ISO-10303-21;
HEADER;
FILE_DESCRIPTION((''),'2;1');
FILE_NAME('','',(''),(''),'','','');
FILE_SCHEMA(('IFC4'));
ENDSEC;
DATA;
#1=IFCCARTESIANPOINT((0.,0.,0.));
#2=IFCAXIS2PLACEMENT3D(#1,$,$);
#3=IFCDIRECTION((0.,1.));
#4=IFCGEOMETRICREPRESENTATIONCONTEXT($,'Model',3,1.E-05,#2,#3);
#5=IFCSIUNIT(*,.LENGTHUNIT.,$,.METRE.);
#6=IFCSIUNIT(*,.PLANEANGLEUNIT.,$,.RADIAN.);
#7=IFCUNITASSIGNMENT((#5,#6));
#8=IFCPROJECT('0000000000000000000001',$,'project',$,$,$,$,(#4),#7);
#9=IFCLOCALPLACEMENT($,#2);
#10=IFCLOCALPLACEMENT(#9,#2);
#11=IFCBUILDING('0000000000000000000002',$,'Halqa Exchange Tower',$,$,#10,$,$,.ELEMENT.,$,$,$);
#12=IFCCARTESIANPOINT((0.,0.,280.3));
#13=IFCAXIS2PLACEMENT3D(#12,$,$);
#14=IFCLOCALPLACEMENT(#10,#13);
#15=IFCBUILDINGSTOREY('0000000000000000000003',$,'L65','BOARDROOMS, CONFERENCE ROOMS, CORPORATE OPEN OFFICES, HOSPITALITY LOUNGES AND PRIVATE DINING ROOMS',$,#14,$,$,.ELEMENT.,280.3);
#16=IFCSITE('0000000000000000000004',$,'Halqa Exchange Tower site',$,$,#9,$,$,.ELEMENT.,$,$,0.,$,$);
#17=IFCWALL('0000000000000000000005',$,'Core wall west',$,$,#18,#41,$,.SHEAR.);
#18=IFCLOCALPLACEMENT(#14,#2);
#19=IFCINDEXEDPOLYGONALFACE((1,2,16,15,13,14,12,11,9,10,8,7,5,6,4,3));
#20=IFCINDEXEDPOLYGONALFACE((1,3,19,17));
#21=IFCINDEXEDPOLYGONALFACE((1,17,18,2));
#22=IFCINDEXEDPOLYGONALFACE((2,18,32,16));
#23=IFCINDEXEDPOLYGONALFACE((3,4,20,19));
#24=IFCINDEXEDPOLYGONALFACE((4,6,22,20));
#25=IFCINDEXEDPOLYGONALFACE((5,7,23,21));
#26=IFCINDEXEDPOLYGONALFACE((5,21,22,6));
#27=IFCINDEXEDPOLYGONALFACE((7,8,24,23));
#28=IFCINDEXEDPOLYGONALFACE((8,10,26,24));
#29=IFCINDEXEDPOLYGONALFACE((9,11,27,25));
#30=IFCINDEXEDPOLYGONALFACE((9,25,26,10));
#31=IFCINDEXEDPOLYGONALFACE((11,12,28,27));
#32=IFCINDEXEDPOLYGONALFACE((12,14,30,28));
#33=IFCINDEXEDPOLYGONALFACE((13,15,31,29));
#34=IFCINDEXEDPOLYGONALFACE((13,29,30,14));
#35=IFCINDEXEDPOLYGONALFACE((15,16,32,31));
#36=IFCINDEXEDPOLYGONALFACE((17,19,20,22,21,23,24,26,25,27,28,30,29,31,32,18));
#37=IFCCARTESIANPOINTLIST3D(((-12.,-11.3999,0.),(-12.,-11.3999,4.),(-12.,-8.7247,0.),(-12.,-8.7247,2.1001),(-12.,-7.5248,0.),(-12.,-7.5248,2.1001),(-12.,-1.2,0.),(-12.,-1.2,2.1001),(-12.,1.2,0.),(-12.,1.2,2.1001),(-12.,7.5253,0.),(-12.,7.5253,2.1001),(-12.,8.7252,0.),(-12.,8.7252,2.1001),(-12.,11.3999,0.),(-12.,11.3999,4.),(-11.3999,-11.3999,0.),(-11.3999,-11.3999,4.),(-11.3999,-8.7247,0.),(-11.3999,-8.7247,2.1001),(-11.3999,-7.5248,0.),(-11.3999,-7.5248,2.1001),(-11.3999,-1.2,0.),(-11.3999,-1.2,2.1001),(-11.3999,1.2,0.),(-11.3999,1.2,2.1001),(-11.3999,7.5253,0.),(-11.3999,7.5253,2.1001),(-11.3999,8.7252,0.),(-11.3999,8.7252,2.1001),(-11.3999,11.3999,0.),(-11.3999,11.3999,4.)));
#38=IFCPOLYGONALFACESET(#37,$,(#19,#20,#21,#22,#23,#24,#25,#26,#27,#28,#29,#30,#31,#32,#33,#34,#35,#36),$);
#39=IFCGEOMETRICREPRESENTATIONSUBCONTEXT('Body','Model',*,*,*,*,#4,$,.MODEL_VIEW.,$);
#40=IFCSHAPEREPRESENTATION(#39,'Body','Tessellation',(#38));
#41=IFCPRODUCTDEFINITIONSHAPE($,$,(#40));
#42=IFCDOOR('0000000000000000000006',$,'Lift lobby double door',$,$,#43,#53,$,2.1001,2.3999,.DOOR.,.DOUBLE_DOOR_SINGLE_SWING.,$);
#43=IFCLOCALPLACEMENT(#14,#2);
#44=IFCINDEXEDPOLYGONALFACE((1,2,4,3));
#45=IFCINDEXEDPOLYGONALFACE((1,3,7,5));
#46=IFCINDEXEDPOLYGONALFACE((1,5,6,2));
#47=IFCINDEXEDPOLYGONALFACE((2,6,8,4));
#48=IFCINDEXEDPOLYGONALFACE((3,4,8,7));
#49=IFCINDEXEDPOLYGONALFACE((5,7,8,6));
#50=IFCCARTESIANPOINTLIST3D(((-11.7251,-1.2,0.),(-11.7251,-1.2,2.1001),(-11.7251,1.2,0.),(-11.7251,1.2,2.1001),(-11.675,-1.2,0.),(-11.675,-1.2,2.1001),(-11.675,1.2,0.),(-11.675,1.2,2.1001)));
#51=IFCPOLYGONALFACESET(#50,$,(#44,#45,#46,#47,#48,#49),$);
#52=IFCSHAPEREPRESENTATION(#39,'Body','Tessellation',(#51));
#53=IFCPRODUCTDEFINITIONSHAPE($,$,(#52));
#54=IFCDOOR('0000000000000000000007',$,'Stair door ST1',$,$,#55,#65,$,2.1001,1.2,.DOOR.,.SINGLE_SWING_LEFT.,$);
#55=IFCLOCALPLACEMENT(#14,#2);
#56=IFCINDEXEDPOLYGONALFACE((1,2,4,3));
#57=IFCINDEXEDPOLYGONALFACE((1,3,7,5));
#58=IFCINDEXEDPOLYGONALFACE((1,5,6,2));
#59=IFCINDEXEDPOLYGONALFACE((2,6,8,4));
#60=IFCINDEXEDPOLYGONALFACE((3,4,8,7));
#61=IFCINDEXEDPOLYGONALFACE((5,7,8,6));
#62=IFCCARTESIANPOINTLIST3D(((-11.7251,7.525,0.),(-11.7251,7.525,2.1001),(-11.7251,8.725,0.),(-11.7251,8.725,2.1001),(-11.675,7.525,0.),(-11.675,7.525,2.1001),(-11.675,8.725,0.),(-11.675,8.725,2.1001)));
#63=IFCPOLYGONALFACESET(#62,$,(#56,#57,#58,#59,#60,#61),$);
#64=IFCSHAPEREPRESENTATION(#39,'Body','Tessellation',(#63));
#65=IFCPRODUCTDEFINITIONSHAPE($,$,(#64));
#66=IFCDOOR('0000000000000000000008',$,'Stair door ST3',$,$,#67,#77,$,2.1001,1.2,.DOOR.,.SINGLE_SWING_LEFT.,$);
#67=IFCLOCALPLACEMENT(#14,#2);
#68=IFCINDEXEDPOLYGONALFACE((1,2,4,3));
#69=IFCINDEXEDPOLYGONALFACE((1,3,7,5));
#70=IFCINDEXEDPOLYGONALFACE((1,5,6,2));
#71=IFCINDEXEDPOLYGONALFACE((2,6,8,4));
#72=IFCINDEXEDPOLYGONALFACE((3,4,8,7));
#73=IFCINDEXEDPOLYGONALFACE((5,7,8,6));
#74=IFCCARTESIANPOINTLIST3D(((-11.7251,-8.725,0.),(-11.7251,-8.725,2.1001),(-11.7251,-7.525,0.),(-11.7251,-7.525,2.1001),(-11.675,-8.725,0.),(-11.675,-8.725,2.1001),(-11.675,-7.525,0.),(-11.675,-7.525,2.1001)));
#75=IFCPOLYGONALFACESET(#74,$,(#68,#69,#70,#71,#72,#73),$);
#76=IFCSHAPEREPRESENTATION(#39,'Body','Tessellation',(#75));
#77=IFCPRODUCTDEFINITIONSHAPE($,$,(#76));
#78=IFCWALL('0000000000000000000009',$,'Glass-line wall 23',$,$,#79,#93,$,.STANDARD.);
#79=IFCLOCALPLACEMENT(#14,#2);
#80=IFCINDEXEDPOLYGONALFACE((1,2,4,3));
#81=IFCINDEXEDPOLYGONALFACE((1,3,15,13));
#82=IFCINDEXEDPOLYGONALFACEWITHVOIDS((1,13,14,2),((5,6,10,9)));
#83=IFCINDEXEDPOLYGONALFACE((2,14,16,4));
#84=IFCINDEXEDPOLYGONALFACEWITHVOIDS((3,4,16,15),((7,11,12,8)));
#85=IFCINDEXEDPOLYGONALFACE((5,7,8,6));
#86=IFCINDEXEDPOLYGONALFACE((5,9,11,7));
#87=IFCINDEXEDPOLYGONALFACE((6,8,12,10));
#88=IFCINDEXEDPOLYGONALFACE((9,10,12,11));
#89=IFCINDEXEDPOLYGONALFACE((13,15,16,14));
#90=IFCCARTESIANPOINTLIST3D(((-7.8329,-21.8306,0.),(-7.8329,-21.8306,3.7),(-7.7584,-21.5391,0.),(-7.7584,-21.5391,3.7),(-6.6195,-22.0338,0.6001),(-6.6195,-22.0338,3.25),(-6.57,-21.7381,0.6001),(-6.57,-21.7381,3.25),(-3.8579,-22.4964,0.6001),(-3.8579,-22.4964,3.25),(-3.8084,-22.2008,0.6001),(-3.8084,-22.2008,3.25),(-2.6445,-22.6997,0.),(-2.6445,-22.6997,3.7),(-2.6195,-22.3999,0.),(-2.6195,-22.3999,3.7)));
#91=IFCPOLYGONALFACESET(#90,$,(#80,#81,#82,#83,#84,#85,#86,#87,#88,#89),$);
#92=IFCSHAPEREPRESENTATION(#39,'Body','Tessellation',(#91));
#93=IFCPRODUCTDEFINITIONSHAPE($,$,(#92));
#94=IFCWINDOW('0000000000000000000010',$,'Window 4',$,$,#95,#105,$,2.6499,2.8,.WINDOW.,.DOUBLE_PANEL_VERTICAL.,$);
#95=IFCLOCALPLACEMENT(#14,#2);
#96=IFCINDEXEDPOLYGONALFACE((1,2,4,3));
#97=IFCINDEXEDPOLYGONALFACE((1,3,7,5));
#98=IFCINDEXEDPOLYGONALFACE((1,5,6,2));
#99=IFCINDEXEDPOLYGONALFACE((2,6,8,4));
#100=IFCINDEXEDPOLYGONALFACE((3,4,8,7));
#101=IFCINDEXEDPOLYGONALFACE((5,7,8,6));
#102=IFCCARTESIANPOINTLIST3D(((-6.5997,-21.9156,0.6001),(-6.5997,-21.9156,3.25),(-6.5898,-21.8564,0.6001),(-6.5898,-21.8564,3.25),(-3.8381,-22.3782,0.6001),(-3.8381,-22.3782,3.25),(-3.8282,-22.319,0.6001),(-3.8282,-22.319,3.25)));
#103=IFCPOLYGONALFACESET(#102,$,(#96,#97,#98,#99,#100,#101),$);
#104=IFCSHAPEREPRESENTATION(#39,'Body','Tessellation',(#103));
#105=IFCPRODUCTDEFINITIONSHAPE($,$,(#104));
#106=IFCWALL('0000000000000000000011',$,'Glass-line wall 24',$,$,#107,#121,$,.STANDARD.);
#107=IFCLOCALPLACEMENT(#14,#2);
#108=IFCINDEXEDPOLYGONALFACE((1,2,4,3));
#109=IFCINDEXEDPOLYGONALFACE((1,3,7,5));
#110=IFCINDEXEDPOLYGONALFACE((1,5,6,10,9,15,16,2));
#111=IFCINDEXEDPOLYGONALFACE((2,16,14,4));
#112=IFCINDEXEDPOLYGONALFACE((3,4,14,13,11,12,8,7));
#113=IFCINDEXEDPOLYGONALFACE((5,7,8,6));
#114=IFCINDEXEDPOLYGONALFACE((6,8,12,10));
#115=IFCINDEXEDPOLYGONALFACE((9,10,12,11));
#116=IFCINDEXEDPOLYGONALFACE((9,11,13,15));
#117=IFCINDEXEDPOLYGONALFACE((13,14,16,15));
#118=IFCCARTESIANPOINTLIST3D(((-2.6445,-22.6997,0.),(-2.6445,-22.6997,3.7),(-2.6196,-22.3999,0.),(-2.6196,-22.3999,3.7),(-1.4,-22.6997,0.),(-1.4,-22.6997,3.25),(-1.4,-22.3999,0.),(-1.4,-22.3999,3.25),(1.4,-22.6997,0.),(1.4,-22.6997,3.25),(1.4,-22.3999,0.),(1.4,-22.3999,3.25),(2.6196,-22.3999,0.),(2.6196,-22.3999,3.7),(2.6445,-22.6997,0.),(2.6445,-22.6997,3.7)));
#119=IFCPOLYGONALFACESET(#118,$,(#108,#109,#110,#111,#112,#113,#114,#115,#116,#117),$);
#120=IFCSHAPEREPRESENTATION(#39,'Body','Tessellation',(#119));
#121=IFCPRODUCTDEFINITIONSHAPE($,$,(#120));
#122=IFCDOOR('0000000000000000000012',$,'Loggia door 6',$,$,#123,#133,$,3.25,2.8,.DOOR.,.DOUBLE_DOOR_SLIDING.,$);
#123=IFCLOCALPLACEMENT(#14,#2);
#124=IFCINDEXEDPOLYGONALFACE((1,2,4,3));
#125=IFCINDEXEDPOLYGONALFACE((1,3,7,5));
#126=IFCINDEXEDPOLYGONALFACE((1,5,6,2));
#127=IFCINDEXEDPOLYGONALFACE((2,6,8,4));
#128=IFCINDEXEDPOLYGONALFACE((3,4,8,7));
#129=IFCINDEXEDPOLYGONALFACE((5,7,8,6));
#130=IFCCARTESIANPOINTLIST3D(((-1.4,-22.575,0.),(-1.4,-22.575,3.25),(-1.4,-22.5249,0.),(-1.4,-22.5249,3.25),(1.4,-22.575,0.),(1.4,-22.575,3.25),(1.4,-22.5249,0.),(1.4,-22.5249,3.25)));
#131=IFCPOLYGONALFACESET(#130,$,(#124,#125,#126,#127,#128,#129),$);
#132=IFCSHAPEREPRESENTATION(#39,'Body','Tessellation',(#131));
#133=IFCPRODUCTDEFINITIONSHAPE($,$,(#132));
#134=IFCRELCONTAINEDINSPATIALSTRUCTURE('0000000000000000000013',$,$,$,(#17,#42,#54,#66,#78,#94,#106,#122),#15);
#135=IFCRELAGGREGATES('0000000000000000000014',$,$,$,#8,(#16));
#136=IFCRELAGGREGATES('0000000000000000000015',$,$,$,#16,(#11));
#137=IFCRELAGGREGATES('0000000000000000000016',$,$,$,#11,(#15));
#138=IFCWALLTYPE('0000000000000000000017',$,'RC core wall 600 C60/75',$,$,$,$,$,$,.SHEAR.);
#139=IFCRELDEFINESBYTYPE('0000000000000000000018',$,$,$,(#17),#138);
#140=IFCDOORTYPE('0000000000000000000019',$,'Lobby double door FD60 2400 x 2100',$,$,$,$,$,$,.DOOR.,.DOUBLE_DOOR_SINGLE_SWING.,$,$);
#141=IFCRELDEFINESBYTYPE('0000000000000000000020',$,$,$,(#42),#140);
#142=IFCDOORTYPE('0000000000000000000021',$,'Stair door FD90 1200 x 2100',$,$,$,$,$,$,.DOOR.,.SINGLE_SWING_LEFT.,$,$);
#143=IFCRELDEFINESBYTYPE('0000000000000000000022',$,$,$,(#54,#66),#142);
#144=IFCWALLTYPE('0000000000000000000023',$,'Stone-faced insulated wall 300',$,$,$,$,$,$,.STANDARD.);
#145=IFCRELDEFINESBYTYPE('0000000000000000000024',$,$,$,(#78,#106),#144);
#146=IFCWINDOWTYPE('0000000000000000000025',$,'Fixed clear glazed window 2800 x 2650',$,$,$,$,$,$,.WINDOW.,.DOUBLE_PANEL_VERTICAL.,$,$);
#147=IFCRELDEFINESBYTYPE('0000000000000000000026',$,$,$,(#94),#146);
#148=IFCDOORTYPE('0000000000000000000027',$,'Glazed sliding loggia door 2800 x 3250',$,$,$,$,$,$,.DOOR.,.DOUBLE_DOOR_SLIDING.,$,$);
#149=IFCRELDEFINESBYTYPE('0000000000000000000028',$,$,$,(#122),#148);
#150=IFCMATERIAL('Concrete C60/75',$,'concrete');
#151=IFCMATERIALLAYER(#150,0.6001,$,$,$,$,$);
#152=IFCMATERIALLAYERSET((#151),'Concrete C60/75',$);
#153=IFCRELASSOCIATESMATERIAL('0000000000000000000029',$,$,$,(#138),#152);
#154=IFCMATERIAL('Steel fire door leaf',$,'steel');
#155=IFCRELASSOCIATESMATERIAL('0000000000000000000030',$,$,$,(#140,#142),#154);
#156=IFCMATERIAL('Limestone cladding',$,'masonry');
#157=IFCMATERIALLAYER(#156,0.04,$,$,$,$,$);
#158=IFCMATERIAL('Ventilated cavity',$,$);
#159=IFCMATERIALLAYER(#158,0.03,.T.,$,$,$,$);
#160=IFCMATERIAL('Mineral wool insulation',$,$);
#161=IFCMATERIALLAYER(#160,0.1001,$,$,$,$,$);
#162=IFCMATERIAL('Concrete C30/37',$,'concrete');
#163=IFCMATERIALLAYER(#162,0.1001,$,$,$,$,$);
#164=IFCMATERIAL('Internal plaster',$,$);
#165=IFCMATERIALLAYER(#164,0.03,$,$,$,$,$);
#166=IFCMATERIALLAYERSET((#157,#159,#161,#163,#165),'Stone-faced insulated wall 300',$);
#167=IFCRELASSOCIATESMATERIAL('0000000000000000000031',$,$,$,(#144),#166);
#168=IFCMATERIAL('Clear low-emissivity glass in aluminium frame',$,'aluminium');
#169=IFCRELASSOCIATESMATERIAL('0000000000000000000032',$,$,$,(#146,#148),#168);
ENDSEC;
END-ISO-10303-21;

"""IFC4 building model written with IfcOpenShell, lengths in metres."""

from ifc_helpers import new_model, si_unit, direction, frame, frame_2d, origin, place, context, subcontext, project, spatial, polyline, rectangle, outline, extrude, material, layer, layer_set, type_object, element, fill, save


model = new_model("IFC4")

# Units and contexts
model_context = context("Model", 3, precision=1e-05, world=origin(), true_north=direction((0.0, 1.0)))
body_context = subcontext(model_context, "Body", "Model", "MODEL_VIEW")
ifc_project = project(units=[si_unit("LENGTHUNIT", "METRE"), si_unit("PLANEANGLEUNIT", "RADIAN")], contexts=[model_context])

# Site, building, storey
site_placement = place(None, origin())
site = spatial("IfcSite", under=ifc_project, at=site_placement, Name="Halqa Exchange Tower site", CompositionType="ELEMENT", RefElevation=0.0)
building_placement = place(site_placement, origin())
building = spatial("IfcBuilding", under=site, at=building_placement, Name="Halqa Exchange Tower", CompositionType="ELEMENT")
storey_placement = place(building_placement, frame((0.0, 0.0, 280.3)))
storey = spatial("IfcBuildingStorey", under=building, at=storey_placement, Name="L65", Description="BOARDROOMS, CONFERENCE ROOMS, CORPORATE OPEN OFFICES, HOSPITALITY LOUNGES AND PRIVATE DINING ROOMS", CompositionType="ELEMENT", Elevation=280.3)

# Shared definitions
ifc_material_1 = material(Name="Concrete C60/75", Category="concrete")

# Wall, openings, doors
ifc_layer_1 = layer(ifc_material_1, 0.6001)
ifc_layer_set_1 = layer_set([ifc_layer_1], Name="Concrete C60/75")
wall_type_1 = type_object("IfcWallType", Name="RC core wall 600 C60/75", PredefinedType="SHEAR", material=ifc_layer_set_1)
wall_1_placement = place(storey_placement, frame((-11.7, -11.3999, 0.0), z_axis=(0.0, 0.0, 1.0), x_axis=(0.0, 1.0, 0.0)))
wall_1 = element("IfcWall", 1, at=wall_1_placement, inside=storey, type_object=wall_type_1, Name="Core wall west", PredefinedType="SHEAR", context=body_context, shape_type="SweptSolid", body=[
    extrude(rectangle(XDim=22.7998, YDim=0.6001, at=frame_2d((11.3999, 0.0))), origin(), (0.0, 0.0, 1.0), 4.0),
])
opening_1_placement = place(wall_1_placement, frame((10.2, 0.0, 0.0)))
opening_1 = element("IfcOpeningElement", 2, at=opening_1_placement, cuts=wall_1, PredefinedType="OPENING", context=body_context, shape_type="SweptSolid", body=[
    extrude(rectangle(XDim=2.3999, YDim=2.1001, at=frame_2d((1.2, 1.05))), frame((0.0, 0.312, 0.0), z_axis=(0.0, -1.0, 0.0), x_axis=(1.0, 0.0, 0.0)), (0.0, 0.0, 1.0), 0.624),
])
opening_2_placement = place(wall_1_placement, frame((18.925, 0.0, 0.0)))
opening_2 = element("IfcOpeningElement", 3, at=opening_2_placement, cuts=wall_1, PredefinedType="OPENING", context=body_context, shape_type="SweptSolid", body=[
    extrude(rectangle(XDim=1.2, YDim=2.1001, at=frame_2d((0.6001, 1.05))), frame((0.0, 0.312, 0.0), z_axis=(0.0, -1.0, 0.0), x_axis=(1.0, 0.0, 0.0)), (0.0, 0.0, 1.0), 0.624),
])
opening_3_placement = place(wall_1_placement, frame((2.675, 0.0, 0.0)))
opening_3 = element("IfcOpeningElement", 4, at=opening_3_placement, cuts=wall_1, PredefinedType="OPENING", context=body_context, shape_type="SweptSolid", body=[
    extrude(rectangle(XDim=1.2, YDim=2.1001, at=frame_2d((0.6001, 1.05))), frame((0.0, 0.312, 0.0), z_axis=(0.0, -1.0, 0.0), x_axis=(1.0, 0.0, 0.0)), (0.0, 0.0, 1.0), 0.624),
])
ifc_material_2 = material(Name="Steel fire door leaf", Category="steel")
door_type_1 = type_object("IfcDoorType", Name="Lobby double door FD60 2400 x 2100", OperationType="DOUBLE_DOOR_SINGLE_SWING", PredefinedType="DOOR", material=ifc_material_2)
door_1_placement = place(opening_1_placement, frame((2.3999, 0.0, 0.0), z_axis=(0.0, 0.0, 1.0), x_axis=(-1.0, 0.0, 0.0)))
door_1 = element("IfcDoor", 5, at=door_1_placement, inside=storey, type_object=door_type_1, Name="Lift lobby double door", OperationType="DOUBLE_DOOR_SINGLE_SWING", OverallHeight=2.1001, OverallWidth=2.3999, PredefinedType="DOOR", context=body_context, shape_type="SweptSolid", body=[
    extrude(rectangle(XDim=2.3999, YDim=2.1001, at=frame_2d((1.2, 1.05))), frame((0.0, 0.0249, 0.0), z_axis=(0.0, -1.0, 0.0), x_axis=(1.0, 0.0, 0.0)), (0.0, 0.0, 1.0), 0.05),
])
fill(opening_1, door_1)
door_type_2 = type_object("IfcDoorType", Name="Stair door FD90 1200 x 2100", OperationType="SINGLE_SWING_LEFT", PredefinedType="DOOR", material=ifc_material_2)
door_2_placement = place(opening_2_placement, frame((1.2, 0.0, 0.0), z_axis=(0.0, 0.0, 1.0), x_axis=(-1.0, 0.0, 0.0)))
door_2 = element("IfcDoor", 6, at=door_2_placement, inside=storey, type_object=door_type_2, Name="Stair door ST1", OperationType="SINGLE_SWING_LEFT", OverallHeight=2.1001, OverallWidth=1.2, PredefinedType="DOOR", context=body_context, shape_type="SweptSolid", body=[
    extrude(rectangle(XDim=1.2, YDim=2.1001, at=frame_2d((0.6001, 1.05))), frame((0.0, 0.0249, 0.0), z_axis=(0.0, -1.0, 0.0), x_axis=(1.0, 0.0, 0.0)), (0.0, 0.0, 1.0), 0.05),
])
fill(opening_2, door_2)
door_3_placement = place(opening_3_placement, frame((1.2, 0.0, 0.0), z_axis=(0.0, 0.0, 1.0), x_axis=(-1.0, 0.0, 0.0)))
door_3 = element("IfcDoor", 7, at=door_3_placement, inside=storey, type_object=door_type_2, Name="Stair door ST3", OperationType="SINGLE_SWING_LEFT", OverallHeight=2.1001, OverallWidth=1.2, PredefinedType="DOOR", context=body_context, shape_type="SweptSolid", body=[
    extrude(rectangle(XDim=1.2, YDim=2.1001, at=frame_2d((0.6001, 1.05))), frame((0.0, 0.0249, 0.0), z_axis=(0.0, -1.0, 0.0), x_axis=(1.0, 0.0, 0.0)), (0.0, 0.0, 1.0), 0.05),
])
fill(opening_3, door_3)

# Wall, opening, window
ifc_material_3 = material(Name="Limestone cladding", Category="masonry")
ifc_layer_2 = layer(ifc_material_3, 0.04)
ifc_material_4 = material(Name="Ventilated cavity")
ifc_layer_3 = layer(ifc_material_4, 0.03, ventilated=True)
ifc_material_5 = material(Name="Mineral wool insulation")
ifc_layer_4 = layer(ifc_material_5, 0.1001)
ifc_material_6 = material(Name="Concrete C30/37", Category="concrete")
ifc_layer_5 = layer(ifc_material_6, 0.1001)
ifc_material_7 = material(Name="Internal plaster")
ifc_layer_6 = layer(ifc_material_7, 0.03)
ifc_layer_set_2 = layer_set([ifc_layer_2, ifc_layer_3, ifc_layer_4, ifc_layer_5, ifc_layer_6], Name="Stone-faced insulated wall 300")
wall_type_2 = type_object("IfcWallType", Name="Stone-faced insulated wall 300", PredefinedType="STANDARD", material=ifc_layer_set_2)
wall_2_placement = place(storey_placement, frame((-7.7957, -21.6848, 0.0), z_axis=(0.0, 0.0, 1.0), x_axis=(0.986257, -0.165216, 0.0)))
wall_2 = element("IfcWall", 8, at=wall_2_placement, inside=storey, type_object=wall_type_2, Name="Glass-line wall 23", PredefinedType="STANDARD", context=body_context, shape_type="SweptSolid", body=[
    extrude(outline(polyline([(-0.0127, -0.1499), (5.248, -0.1499), (5.2231, 0.1499), (0.0127, 0.1499), (-0.0127, -0.1499)])), origin(), (0.0, 0.0, 1.0), 3.7),
])
opening_4_placement = place(wall_2_placement, frame((1.2178, 0.0, 0.6001)))
opening_4 = element("IfcOpeningElement", 9, at=opening_4_placement, cuts=wall_2, PredefinedType="OPENING", context=body_context, shape_type="SweptSolid", body=[
    extrude(rectangle(XDim=2.8, YDim=2.6499, at=frame_2d((1.3999, 1.325))), frame((0.0, 0.1621, 0.0), z_axis=(0.0, -1.0, 0.0), x_axis=(1.0, 0.0, 0.0)), (0.0, 0.0, 1.0), 0.324),
])
ifc_material_8 = material(Name="Clear low-emissivity glass in aluminium frame", Category="aluminium")
window_type = type_object("IfcWindowType", Name="Fixed clear glazed window 2800 x 2650", PartitioningType="DOUBLE_PANEL_VERTICAL", PredefinedType="WINDOW", material=ifc_material_8)
window_placement = place(opening_4_placement, origin())
window = element("IfcWindow", 10, at=window_placement, inside=storey, type_object=window_type, Name="Window 4", OverallHeight=2.6499, OverallWidth=2.8, PartitioningType="DOUBLE_PANEL_VERTICAL", PredefinedType="WINDOW", context=body_context, shape_type="SweptSolid", body=[
    extrude(rectangle(XDim=2.8, YDim=2.6499, at=frame_2d((1.3999, 1.325))), frame((0.0, 0.03, 0.0), z_axis=(0.0, -1.0, 0.0), x_axis=(1.0, 0.0, 0.0)), (0.0, 0.0, 1.0), 0.0601),
])
fill(opening_4, window)

# Wall, opening, door
wall_3_placement = place(storey_placement, frame((-2.6321, -22.5498, 0.0), z_axis=(0.0, 0.0, 1.0), x_axis=(1.0, 0.0, 0.0)))
wall_3 = element("IfcWall", 11, at=wall_3_placement, inside=storey, type_object=wall_type_2, Name="Glass-line wall 24", PredefinedType="STANDARD", context=body_context, shape_type="SweptSolid", body=[
    extrude(outline(polyline([(-0.0125, -0.1499), (5.2766, -0.1499), (5.2517, 0.1499), (0.0125, 0.1499), (-0.0125, -0.1499)])), origin(), (0.0, 0.0, 1.0), 3.7),
])
opening_5_placement = place(wall_3_placement, frame((1.2322, 0.0, 0.0)))
opening_5 = element("IfcOpeningElement", 12, at=opening_5_placement, cuts=wall_3, PredefinedType="OPENING", context=body_context, shape_type="SweptSolid", body=[
    extrude(rectangle(XDim=2.8, YDim=3.25, at=frame_2d((1.3999, 1.625))), frame((0.0, 0.1621, 0.0), z_axis=(0.0, -1.0, 0.0), x_axis=(1.0, 0.0, 0.0)), (0.0, 0.0, 1.0), 0.324),
])
door_type_3 = type_object("IfcDoorType", Name="Glazed sliding loggia door 2800 x 3250", OperationType="DOUBLE_DOOR_SLIDING", PredefinedType="DOOR", material=ifc_material_8)
door_4_placement = place(opening_5_placement, origin())
door_4 = element("IfcDoor", 13, at=door_4_placement, inside=storey, type_object=door_type_3, Name="Loggia door 6", OperationType="DOUBLE_DOOR_SLIDING", OverallHeight=3.25, OverallWidth=2.8, PredefinedType="DOOR", context=body_context, shape_type="SweptSolid", body=[
    extrude(rectangle(XDim=2.8, YDim=3.25, at=frame_2d((1.3999, 1.625))), frame((0.0, 0.0249, 0.0), z_axis=(0.0, -1.0, 0.0), x_axis=(1.0, 0.0, 0.0)), (0.0, 0.0, 1.0), 0.05),
])
fill(opening_5, door_4)

save(model, "model.ifc")
